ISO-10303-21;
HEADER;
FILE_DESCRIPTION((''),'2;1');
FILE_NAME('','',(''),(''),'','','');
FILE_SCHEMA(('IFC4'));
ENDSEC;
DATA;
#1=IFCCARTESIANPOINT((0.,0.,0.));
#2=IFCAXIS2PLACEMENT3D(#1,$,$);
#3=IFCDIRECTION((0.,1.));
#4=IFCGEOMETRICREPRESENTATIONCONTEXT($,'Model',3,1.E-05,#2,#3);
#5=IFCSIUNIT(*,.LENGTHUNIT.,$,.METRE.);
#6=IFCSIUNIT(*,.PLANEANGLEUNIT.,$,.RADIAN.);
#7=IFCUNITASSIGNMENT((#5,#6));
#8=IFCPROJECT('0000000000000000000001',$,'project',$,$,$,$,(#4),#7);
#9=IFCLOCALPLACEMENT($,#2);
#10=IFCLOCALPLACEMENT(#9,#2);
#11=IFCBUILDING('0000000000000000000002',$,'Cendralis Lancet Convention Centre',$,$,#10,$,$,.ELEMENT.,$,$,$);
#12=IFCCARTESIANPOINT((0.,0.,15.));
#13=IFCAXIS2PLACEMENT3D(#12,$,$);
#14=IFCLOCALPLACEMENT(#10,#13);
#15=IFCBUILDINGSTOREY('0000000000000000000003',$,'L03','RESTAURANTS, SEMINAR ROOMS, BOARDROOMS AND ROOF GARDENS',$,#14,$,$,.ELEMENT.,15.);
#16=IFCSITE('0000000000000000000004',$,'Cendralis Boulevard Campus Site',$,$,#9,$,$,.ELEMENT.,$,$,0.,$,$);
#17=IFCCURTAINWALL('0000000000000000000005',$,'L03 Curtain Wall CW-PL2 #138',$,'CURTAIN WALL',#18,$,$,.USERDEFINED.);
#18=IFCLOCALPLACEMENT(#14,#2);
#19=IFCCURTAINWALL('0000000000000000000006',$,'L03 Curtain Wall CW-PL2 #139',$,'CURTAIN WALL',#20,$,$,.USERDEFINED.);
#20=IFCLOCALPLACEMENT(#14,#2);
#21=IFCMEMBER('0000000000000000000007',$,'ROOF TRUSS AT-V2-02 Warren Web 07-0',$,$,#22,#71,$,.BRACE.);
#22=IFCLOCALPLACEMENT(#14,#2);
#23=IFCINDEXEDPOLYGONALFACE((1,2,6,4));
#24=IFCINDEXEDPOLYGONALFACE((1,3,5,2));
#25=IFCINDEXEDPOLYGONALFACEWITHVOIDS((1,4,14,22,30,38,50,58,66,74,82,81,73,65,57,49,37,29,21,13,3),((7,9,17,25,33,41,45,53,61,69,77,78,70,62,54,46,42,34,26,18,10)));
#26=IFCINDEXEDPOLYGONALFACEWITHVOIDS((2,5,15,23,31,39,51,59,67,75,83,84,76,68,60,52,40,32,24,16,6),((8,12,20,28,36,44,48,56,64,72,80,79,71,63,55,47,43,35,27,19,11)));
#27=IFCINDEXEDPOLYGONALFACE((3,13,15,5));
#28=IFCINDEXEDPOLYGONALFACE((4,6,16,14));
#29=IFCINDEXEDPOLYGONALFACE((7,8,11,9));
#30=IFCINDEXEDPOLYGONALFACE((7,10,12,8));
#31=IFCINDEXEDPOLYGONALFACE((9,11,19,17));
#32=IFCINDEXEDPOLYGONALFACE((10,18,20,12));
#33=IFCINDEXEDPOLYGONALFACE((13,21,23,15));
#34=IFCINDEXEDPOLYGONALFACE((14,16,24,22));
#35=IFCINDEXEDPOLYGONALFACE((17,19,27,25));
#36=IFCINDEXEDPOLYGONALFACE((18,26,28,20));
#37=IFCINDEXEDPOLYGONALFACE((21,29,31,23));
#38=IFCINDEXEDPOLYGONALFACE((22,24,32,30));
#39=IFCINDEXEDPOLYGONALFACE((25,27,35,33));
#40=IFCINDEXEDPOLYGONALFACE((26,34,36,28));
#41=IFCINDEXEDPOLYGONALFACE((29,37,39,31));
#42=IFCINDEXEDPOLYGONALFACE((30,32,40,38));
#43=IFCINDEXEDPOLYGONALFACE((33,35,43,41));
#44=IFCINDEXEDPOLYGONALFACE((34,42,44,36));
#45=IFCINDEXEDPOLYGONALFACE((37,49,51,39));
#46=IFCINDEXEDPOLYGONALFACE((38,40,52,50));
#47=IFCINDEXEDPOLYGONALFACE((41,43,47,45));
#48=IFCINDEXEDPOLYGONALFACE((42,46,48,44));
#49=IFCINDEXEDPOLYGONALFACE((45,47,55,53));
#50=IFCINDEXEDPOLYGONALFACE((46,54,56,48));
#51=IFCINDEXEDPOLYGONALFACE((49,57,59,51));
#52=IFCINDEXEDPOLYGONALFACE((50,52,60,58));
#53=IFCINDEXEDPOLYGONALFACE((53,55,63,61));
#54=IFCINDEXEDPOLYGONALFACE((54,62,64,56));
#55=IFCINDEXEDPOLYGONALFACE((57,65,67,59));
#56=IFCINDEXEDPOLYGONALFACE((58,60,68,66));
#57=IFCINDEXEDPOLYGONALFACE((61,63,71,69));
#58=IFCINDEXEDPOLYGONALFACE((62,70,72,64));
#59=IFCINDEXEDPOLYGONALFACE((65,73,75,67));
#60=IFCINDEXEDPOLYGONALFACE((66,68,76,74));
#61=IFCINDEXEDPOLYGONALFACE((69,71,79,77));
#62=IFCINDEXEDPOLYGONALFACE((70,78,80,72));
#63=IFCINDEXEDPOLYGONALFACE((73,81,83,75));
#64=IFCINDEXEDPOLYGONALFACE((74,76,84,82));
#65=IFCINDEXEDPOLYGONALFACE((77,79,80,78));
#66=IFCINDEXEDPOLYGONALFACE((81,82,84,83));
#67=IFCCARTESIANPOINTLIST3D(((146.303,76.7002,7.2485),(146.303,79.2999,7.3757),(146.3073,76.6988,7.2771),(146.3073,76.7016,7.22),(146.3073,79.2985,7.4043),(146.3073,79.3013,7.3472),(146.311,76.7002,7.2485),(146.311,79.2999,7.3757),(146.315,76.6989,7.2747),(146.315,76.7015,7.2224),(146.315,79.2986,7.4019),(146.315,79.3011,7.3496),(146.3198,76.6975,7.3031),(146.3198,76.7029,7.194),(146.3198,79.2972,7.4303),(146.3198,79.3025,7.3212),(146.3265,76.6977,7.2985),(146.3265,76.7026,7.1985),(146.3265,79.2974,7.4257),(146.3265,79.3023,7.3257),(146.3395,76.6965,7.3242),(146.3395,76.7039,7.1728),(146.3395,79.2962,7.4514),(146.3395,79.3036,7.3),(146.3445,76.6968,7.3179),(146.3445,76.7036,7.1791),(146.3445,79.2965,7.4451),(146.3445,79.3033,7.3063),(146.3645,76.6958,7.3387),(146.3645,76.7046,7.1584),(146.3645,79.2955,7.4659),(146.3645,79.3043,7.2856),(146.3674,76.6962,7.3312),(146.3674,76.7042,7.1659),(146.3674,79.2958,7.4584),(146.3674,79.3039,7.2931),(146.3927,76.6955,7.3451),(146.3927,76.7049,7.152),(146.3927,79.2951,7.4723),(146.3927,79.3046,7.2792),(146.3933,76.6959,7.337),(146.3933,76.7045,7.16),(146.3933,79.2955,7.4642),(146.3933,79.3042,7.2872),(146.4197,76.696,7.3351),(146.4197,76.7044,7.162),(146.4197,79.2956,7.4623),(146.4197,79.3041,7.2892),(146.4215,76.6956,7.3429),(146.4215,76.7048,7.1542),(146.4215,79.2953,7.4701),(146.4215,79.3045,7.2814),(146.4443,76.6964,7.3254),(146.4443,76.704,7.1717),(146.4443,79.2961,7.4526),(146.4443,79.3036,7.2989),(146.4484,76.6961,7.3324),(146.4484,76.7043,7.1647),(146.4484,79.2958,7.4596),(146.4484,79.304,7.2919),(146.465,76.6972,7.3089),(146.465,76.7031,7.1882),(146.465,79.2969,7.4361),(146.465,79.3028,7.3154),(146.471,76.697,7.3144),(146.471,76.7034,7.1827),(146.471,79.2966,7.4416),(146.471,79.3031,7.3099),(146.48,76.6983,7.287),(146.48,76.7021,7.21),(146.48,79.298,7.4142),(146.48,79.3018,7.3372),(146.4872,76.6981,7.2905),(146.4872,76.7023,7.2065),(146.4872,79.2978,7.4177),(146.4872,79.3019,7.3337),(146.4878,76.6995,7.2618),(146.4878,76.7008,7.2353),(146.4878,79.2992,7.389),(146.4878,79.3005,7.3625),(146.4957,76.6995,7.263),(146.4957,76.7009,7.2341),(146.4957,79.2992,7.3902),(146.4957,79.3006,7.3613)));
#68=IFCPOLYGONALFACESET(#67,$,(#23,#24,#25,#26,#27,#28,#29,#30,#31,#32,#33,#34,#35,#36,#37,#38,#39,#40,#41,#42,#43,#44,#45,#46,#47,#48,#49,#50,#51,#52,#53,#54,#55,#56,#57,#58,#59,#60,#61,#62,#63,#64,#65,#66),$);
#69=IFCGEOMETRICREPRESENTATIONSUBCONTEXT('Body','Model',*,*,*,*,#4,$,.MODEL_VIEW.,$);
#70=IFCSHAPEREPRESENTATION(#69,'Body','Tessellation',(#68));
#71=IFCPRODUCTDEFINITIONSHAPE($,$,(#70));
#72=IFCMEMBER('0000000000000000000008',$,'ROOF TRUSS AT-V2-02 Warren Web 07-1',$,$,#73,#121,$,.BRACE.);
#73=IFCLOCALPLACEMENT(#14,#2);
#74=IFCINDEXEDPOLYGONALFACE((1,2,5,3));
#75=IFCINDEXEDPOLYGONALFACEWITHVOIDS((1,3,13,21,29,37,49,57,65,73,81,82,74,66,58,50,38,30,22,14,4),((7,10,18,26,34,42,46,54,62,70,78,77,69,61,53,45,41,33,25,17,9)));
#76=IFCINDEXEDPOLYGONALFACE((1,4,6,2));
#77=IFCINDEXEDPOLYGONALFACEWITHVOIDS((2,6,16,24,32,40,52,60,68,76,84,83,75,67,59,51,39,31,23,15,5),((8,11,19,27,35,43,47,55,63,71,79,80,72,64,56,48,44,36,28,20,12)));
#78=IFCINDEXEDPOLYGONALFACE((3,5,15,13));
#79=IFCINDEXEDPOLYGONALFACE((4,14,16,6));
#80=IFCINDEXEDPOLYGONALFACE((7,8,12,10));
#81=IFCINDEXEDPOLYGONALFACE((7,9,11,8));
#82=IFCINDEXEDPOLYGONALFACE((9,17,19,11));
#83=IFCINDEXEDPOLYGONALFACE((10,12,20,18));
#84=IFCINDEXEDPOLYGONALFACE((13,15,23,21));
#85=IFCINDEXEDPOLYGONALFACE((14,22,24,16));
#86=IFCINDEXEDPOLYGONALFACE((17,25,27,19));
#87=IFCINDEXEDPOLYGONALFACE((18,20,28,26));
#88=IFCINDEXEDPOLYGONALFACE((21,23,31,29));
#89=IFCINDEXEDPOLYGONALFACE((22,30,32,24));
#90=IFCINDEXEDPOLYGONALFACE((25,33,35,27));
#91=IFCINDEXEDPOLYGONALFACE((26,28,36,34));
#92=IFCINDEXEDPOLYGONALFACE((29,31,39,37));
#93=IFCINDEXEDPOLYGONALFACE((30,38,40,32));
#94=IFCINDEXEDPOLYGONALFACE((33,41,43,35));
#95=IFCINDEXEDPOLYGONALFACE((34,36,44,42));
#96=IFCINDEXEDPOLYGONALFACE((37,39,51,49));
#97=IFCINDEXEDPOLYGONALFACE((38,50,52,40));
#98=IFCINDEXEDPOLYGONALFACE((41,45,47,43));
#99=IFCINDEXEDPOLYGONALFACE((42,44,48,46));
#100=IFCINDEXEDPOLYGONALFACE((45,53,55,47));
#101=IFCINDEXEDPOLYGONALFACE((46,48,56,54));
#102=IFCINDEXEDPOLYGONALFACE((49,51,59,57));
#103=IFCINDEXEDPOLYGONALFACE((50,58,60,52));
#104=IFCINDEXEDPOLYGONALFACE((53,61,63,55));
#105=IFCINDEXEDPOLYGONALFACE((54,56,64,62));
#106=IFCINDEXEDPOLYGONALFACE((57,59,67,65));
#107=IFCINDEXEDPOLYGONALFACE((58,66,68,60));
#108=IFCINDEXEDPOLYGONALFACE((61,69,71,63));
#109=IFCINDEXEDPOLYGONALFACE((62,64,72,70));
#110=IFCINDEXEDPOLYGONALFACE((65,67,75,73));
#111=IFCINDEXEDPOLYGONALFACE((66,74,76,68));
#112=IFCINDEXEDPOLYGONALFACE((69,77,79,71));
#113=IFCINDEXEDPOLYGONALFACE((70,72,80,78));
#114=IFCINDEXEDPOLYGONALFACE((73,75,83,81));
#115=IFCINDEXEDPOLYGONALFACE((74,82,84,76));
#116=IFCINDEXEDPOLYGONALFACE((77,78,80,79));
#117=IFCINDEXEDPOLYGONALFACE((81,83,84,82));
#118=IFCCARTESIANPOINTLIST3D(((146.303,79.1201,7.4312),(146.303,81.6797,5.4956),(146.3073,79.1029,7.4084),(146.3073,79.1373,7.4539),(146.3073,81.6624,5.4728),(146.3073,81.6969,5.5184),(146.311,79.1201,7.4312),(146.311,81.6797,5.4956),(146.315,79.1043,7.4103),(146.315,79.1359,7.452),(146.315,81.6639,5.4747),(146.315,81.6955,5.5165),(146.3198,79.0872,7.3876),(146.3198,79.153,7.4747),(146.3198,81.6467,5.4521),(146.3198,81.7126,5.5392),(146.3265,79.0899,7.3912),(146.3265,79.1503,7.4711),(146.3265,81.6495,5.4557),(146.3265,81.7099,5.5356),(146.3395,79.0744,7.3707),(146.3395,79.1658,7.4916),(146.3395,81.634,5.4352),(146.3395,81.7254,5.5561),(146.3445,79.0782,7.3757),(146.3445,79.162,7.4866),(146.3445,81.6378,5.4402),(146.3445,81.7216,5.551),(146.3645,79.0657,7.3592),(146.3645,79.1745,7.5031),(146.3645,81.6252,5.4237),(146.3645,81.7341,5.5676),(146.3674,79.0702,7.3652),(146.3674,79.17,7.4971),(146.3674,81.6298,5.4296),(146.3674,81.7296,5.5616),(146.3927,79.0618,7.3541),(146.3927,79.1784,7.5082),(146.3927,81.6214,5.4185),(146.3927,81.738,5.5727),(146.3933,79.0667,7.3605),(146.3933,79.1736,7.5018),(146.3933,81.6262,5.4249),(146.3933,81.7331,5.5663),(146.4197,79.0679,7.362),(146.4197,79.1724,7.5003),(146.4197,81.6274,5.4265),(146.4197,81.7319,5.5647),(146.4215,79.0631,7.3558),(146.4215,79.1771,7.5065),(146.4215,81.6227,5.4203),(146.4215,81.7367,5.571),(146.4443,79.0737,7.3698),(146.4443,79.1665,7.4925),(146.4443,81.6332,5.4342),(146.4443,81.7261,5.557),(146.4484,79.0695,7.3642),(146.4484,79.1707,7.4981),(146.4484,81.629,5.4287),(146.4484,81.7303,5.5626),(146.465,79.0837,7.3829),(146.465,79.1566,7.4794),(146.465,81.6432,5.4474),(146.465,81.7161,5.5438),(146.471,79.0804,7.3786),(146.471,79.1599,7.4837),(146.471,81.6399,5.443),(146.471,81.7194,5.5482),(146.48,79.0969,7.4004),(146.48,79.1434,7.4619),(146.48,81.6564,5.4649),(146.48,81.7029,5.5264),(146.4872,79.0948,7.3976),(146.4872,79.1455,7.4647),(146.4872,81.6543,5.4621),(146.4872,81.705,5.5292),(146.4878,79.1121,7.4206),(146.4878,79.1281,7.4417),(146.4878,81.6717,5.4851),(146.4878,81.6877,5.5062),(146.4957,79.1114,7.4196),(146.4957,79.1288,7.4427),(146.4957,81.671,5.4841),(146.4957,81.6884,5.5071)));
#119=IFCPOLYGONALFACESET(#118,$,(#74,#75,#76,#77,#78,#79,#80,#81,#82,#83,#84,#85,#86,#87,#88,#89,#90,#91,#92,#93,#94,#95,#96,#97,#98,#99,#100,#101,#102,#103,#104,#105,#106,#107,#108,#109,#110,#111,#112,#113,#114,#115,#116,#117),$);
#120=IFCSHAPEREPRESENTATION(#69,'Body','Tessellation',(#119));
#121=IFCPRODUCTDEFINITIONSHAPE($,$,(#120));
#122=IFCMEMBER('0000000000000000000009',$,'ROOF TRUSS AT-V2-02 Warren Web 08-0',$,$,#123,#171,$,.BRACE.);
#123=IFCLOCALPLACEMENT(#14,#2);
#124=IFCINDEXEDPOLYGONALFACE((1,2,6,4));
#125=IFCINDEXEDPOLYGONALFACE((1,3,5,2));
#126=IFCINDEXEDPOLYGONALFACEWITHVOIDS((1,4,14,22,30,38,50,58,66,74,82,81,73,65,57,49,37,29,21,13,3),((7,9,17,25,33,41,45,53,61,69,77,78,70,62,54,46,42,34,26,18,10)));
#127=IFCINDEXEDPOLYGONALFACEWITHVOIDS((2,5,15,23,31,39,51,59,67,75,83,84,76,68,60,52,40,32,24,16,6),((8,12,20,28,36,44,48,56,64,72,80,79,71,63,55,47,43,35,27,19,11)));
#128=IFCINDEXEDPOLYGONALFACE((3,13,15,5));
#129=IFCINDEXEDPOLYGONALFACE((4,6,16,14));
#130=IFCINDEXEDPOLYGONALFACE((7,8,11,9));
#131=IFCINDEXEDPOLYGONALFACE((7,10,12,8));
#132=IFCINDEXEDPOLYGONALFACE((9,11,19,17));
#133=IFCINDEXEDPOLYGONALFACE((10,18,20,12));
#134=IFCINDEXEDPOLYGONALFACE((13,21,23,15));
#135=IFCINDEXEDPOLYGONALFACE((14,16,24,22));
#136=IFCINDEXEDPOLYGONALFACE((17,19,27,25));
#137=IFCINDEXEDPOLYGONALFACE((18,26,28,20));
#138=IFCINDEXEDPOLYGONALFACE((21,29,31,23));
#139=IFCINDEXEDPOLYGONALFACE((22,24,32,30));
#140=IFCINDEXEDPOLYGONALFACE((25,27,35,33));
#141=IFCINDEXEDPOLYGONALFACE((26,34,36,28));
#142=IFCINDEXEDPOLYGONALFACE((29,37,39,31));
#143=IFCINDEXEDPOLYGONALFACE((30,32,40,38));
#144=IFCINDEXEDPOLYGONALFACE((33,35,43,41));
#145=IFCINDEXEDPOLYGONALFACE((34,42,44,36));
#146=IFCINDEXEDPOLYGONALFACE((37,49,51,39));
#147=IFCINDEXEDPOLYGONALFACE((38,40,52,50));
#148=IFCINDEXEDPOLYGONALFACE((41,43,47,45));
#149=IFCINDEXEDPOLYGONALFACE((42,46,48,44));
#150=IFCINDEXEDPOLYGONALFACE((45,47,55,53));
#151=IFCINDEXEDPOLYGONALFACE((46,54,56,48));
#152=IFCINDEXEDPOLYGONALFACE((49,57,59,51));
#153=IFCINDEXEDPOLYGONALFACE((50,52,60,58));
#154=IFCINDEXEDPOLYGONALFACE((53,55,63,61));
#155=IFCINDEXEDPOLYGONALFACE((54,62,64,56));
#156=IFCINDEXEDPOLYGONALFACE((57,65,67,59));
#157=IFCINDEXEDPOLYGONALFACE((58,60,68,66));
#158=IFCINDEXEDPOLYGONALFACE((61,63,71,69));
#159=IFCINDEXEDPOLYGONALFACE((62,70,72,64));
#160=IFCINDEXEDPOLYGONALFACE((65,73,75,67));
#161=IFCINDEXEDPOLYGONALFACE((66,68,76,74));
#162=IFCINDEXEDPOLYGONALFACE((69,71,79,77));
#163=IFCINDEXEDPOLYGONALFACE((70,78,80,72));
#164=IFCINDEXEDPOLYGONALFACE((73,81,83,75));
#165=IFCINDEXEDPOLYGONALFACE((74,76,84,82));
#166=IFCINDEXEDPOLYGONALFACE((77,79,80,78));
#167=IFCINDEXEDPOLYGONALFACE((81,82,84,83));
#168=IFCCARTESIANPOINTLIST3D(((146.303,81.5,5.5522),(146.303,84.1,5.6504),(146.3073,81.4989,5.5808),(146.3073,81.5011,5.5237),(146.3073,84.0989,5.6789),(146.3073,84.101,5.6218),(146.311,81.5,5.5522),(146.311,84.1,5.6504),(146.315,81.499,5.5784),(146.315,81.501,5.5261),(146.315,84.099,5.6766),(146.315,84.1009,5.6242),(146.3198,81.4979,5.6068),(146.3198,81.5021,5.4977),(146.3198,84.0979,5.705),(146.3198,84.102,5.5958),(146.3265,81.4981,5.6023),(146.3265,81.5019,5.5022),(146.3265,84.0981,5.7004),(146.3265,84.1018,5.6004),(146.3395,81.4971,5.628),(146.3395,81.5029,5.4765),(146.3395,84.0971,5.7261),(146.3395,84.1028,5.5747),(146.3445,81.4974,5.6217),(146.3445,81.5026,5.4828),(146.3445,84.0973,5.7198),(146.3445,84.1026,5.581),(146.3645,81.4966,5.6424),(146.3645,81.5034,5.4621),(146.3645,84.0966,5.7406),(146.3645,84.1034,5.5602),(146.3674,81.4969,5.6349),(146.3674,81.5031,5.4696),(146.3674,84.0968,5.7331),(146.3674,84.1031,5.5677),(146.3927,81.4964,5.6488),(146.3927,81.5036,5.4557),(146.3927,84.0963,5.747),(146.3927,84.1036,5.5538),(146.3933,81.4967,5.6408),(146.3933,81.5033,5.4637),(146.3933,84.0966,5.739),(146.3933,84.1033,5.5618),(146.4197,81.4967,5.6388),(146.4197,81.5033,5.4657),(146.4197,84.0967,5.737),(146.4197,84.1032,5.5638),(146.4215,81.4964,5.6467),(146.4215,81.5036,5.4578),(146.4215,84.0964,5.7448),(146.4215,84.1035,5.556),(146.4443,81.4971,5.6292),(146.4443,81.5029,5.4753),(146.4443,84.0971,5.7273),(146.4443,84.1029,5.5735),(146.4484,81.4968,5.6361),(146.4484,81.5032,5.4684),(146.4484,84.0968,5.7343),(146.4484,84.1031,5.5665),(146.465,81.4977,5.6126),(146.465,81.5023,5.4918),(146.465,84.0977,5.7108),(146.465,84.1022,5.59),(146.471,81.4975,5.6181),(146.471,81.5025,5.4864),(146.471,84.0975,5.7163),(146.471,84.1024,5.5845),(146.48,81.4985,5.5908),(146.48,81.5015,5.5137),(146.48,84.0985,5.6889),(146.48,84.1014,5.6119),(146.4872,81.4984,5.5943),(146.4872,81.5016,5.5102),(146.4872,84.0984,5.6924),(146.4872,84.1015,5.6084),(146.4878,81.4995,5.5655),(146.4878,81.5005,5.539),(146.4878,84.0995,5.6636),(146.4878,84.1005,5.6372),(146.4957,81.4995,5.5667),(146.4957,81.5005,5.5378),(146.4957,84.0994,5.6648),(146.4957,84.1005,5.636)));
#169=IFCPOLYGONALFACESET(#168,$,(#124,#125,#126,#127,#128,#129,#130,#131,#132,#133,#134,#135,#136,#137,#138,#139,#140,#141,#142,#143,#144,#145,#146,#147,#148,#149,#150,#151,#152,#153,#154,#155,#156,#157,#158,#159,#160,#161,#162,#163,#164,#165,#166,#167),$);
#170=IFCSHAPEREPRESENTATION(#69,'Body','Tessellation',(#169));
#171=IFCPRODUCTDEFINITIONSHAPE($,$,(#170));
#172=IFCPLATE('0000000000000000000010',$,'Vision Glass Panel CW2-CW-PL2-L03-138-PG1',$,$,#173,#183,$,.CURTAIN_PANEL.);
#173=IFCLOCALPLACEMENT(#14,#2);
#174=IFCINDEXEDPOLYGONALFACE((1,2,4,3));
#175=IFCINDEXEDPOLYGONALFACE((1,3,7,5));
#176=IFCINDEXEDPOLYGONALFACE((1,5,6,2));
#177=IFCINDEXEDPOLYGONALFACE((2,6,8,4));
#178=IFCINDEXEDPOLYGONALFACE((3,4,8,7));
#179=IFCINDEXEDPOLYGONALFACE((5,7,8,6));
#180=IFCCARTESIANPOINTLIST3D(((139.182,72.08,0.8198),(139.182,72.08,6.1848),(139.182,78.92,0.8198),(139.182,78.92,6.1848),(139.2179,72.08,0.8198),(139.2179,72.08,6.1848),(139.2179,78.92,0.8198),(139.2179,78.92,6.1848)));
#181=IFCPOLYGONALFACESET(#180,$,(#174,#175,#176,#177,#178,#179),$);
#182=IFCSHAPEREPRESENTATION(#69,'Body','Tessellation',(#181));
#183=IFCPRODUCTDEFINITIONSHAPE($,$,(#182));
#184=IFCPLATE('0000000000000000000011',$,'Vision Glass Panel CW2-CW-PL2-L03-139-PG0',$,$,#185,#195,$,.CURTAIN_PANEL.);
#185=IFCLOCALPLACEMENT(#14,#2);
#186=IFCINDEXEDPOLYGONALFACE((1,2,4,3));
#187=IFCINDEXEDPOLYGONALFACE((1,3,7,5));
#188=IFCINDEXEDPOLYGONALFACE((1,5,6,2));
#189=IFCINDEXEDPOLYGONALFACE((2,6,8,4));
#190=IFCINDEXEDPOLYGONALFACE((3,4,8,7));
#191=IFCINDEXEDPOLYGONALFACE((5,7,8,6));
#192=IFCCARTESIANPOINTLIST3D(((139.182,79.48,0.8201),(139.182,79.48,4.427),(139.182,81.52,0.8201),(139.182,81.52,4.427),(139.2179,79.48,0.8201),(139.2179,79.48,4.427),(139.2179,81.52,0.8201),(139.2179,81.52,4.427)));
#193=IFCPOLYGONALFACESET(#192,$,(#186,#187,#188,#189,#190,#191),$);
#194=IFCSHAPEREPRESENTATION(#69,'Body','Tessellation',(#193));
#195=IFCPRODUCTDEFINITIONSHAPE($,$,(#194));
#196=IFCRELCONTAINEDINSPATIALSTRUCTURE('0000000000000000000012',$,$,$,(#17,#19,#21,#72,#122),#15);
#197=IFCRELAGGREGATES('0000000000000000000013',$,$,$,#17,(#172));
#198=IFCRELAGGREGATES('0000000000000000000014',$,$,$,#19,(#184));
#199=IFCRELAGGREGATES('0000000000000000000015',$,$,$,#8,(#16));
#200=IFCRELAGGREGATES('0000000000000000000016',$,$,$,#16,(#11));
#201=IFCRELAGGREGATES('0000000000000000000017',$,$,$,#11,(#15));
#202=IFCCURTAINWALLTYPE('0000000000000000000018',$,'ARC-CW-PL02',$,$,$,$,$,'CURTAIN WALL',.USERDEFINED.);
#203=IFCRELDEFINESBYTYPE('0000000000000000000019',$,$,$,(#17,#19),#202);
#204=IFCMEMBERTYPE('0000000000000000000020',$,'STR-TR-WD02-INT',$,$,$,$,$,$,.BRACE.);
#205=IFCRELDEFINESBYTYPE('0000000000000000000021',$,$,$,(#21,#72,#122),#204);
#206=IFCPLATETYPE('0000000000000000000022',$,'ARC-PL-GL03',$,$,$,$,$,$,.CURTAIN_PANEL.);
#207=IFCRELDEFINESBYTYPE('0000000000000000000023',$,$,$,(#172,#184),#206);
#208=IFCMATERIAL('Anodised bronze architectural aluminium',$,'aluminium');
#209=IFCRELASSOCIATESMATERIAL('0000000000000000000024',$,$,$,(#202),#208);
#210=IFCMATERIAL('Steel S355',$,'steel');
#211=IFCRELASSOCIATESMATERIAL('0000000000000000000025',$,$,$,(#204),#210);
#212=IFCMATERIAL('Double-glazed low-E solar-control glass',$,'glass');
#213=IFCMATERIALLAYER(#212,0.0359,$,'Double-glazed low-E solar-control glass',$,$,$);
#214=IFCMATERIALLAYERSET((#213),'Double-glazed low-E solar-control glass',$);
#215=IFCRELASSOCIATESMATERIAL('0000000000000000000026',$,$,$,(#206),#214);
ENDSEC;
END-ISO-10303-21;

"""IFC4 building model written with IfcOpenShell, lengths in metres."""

from ifc_helpers import new_model, si_unit, direction, frame, origin, origin_2d, place, context, subcontext, project, spatial, rectangle, hollow_circle, extrude, material, layer, layer_set, material_profile, profile_set, type_object, element, aggregate, save


model = new_model("IFC4")

# Units and contexts
model_context = context("Model", 3, precision=1e-05, world=origin(), true_north=direction((0.0, 1.0)))
body_context = subcontext(model_context, "Body", "Model", "MODEL_VIEW")
ifc_project = project(units=[si_unit("LENGTHUNIT", "METRE"), si_unit("PLANEANGLEUNIT", "RADIAN")], contexts=[model_context])

# Site, building, storey
site_placement = place(None, origin())
site = spatial("IfcSite", under=ifc_project, at=site_placement, Name="Cendralis Boulevard Campus Site", CompositionType="ELEMENT", RefElevation=0.0)
building_placement = place(site_placement, origin())
building = spatial("IfcBuilding", under=site, at=building_placement, Name="Cendralis Lancet Convention Centre", CompositionType="ELEMENT")
storey_placement = place(building_placement, frame((0.0, 0.0, 15.0)))
storey = spatial("IfcBuildingStorey", under=building, at=storey_placement, Name="L03", Description="RESTAURANTS, SEMINAR ROOMS, BOARDROOMS AND ROOF GARDENS", CompositionType="ELEMENT", Elevation=15.0)

# Shared definitions
ifc_material_1 = material(Name="Steel S355", Category="steel")

# Curtain wall
ifc_material_2 = material(Name="Anodised bronze architectural aluminium", Category="aluminium")
curtain_wall_type = type_object("IfcCurtainWallType", Name="ARC-CW-PL02", ElementType="CURTAIN WALL", PredefinedType="USERDEFINED", material=ifc_material_2)
curtain_wall_1_placement = place(storey_placement, origin())
curtain_wall_1 = element("IfcCurtainWall", 1, at=curtain_wall_1_placement, inside=storey, type_object=curtain_wall_type, Name="L03 Curtain Wall CW-PL2 #138", ObjectType="CURTAIN WALL", PredefinedType="USERDEFINED")

# Curtain wall
curtain_wall_2_placement = place(storey_placement, origin())
curtain_wall_2 = element("IfcCurtainWall", 2, at=curtain_wall_2_placement, inside=storey, type_object=curtain_wall_type, Name="L03 Curtain Wall CW-PL2 #139", ObjectType="CURTAIN WALL", PredefinedType="USERDEFINED")

# Members
ifc_material_profile_1 = material_profile(ifc_material_1, hollow_circle(Radius=0.0969, WallThickness=0.0081, at=origin_2d()), Name="CHS 193.7x8.0")
ifc_profile_set_1 = profile_set([ifc_material_profile_1], Name="Steel S355")
member_type_1 = type_object("IfcMemberType", Name="STR-TR-WD02-INT", PredefinedType="BRACE", material=ifc_profile_set_1)
member_1_placement = place(storey_placement, frame((146.3999, 76.7002, 7.2485), z_axis=(0.0, 0.998805, 0.048871), x_axis=(-1.0, 0.0, 0.0)))
element("IfcMember", 3, at=member_1_placement, inside=storey, type_object=member_type_1, Name="ROOF TRUSS AT-V2-02 Warren Web 07-0", PredefinedType="BRACE", context=body_context, shape_type="SweptSolid", body=[
    extrude(hollow_circle(Radius=0.0969, WallThickness=0.0081, at=origin_2d()), origin(), (0.0, 0.0, 1.0), 2.6028),
])
member_2_placement = place(storey_placement, frame((146.3999, 79.1201, 7.4312), z_axis=(0.0, 0.79762, -0.60316), x_axis=(-1.0, 0.0, 0.0)))
element("IfcMember", 4, at=member_2_placement, inside=storey, type_object=member_type_1, Name="ROOF TRUSS AT-V2-02 Warren Web 07-1", PredefinedType="BRACE", context=body_context, shape_type="SweptSolid", body=[
    extrude(hollow_circle(Radius=0.0969, WallThickness=0.0081, at=origin_2d()), origin(), (0.0, 0.0, 1.0), 3.209),
])
member_3_placement = place(storey_placement, frame((146.3999, 81.5, 5.5522), z_axis=(0.0, 0.999288, 0.037723), x_axis=(-1.0, 0.0, 0.0)))
element("IfcMember", 5, at=member_3_placement, inside=storey, type_object=member_type_1, Name="ROOF TRUSS AT-V2-02 Warren Web 08-0", PredefinedType="BRACE", context=body_context, shape_type="SweptSolid", body=[
    extrude(hollow_circle(Radius=0.0969, WallThickness=0.0081, at=origin_2d()), origin(), (0.0, 0.0, 1.0), 2.6018),
])

# Plates
ifc_material_3 = material(Name="Double-glazed low-E solar-control glass", Category="glass")
ifc_layer_1 = layer(ifc_material_3, 0.0359, Name="Double-glazed low-E solar-control glass")
ifc_layer_set_1 = layer_set([ifc_layer_1], Name="Double-glazed low-E solar-control glass")
plate_type_1 = type_object("IfcPlateType", Name="ARC-PL-GL03", PredefinedType="CURTAIN_PANEL", material=ifc_layer_set_1)
plate_1_placement = place(storey_placement, frame((139.2, 75.5, 0.8198), z_axis=(0.0, 0.0, 1.0), x_axis=(0.0, 1.0, 0.0)))
plate_1 = element("IfcPlate", 6, at=plate_1_placement, type_object=plate_type_1, Name="Vision Glass Panel CW2-CW-PL2-L03-138-PG1", PredefinedType="CURTAIN_PANEL", context=body_context, shape_type="SweptSolid", body=[
    extrude(rectangle(XDim=6.8401, YDim=0.0359, at=origin_2d()), origin(), (0.0, 0.0, 1.0), 5.365),
])
plate_2_placement = place(storey_placement, frame((139.2, 80.5, 0.8201), z_axis=(0.0, 0.0, 1.0), x_axis=(0.0, 1.0, 0.0)))
plate_2 = element("IfcPlate", 7, at=plate_2_placement, type_object=plate_type_1, Name="Vision Glass Panel CW2-CW-PL2-L03-139-PG0", PredefinedType="CURTAIN_PANEL", context=body_context, shape_type="SweptSolid", body=[
    extrude(rectangle(XDim=2.04, YDim=0.0359, at=origin_2d()), origin(), (0.0, 0.0, 1.0), 3.6069),
])
aggregate(curtain_wall_1, [plate_1])
aggregate(curtain_wall_2, [plate_2])

save(model, "model.ifc")
